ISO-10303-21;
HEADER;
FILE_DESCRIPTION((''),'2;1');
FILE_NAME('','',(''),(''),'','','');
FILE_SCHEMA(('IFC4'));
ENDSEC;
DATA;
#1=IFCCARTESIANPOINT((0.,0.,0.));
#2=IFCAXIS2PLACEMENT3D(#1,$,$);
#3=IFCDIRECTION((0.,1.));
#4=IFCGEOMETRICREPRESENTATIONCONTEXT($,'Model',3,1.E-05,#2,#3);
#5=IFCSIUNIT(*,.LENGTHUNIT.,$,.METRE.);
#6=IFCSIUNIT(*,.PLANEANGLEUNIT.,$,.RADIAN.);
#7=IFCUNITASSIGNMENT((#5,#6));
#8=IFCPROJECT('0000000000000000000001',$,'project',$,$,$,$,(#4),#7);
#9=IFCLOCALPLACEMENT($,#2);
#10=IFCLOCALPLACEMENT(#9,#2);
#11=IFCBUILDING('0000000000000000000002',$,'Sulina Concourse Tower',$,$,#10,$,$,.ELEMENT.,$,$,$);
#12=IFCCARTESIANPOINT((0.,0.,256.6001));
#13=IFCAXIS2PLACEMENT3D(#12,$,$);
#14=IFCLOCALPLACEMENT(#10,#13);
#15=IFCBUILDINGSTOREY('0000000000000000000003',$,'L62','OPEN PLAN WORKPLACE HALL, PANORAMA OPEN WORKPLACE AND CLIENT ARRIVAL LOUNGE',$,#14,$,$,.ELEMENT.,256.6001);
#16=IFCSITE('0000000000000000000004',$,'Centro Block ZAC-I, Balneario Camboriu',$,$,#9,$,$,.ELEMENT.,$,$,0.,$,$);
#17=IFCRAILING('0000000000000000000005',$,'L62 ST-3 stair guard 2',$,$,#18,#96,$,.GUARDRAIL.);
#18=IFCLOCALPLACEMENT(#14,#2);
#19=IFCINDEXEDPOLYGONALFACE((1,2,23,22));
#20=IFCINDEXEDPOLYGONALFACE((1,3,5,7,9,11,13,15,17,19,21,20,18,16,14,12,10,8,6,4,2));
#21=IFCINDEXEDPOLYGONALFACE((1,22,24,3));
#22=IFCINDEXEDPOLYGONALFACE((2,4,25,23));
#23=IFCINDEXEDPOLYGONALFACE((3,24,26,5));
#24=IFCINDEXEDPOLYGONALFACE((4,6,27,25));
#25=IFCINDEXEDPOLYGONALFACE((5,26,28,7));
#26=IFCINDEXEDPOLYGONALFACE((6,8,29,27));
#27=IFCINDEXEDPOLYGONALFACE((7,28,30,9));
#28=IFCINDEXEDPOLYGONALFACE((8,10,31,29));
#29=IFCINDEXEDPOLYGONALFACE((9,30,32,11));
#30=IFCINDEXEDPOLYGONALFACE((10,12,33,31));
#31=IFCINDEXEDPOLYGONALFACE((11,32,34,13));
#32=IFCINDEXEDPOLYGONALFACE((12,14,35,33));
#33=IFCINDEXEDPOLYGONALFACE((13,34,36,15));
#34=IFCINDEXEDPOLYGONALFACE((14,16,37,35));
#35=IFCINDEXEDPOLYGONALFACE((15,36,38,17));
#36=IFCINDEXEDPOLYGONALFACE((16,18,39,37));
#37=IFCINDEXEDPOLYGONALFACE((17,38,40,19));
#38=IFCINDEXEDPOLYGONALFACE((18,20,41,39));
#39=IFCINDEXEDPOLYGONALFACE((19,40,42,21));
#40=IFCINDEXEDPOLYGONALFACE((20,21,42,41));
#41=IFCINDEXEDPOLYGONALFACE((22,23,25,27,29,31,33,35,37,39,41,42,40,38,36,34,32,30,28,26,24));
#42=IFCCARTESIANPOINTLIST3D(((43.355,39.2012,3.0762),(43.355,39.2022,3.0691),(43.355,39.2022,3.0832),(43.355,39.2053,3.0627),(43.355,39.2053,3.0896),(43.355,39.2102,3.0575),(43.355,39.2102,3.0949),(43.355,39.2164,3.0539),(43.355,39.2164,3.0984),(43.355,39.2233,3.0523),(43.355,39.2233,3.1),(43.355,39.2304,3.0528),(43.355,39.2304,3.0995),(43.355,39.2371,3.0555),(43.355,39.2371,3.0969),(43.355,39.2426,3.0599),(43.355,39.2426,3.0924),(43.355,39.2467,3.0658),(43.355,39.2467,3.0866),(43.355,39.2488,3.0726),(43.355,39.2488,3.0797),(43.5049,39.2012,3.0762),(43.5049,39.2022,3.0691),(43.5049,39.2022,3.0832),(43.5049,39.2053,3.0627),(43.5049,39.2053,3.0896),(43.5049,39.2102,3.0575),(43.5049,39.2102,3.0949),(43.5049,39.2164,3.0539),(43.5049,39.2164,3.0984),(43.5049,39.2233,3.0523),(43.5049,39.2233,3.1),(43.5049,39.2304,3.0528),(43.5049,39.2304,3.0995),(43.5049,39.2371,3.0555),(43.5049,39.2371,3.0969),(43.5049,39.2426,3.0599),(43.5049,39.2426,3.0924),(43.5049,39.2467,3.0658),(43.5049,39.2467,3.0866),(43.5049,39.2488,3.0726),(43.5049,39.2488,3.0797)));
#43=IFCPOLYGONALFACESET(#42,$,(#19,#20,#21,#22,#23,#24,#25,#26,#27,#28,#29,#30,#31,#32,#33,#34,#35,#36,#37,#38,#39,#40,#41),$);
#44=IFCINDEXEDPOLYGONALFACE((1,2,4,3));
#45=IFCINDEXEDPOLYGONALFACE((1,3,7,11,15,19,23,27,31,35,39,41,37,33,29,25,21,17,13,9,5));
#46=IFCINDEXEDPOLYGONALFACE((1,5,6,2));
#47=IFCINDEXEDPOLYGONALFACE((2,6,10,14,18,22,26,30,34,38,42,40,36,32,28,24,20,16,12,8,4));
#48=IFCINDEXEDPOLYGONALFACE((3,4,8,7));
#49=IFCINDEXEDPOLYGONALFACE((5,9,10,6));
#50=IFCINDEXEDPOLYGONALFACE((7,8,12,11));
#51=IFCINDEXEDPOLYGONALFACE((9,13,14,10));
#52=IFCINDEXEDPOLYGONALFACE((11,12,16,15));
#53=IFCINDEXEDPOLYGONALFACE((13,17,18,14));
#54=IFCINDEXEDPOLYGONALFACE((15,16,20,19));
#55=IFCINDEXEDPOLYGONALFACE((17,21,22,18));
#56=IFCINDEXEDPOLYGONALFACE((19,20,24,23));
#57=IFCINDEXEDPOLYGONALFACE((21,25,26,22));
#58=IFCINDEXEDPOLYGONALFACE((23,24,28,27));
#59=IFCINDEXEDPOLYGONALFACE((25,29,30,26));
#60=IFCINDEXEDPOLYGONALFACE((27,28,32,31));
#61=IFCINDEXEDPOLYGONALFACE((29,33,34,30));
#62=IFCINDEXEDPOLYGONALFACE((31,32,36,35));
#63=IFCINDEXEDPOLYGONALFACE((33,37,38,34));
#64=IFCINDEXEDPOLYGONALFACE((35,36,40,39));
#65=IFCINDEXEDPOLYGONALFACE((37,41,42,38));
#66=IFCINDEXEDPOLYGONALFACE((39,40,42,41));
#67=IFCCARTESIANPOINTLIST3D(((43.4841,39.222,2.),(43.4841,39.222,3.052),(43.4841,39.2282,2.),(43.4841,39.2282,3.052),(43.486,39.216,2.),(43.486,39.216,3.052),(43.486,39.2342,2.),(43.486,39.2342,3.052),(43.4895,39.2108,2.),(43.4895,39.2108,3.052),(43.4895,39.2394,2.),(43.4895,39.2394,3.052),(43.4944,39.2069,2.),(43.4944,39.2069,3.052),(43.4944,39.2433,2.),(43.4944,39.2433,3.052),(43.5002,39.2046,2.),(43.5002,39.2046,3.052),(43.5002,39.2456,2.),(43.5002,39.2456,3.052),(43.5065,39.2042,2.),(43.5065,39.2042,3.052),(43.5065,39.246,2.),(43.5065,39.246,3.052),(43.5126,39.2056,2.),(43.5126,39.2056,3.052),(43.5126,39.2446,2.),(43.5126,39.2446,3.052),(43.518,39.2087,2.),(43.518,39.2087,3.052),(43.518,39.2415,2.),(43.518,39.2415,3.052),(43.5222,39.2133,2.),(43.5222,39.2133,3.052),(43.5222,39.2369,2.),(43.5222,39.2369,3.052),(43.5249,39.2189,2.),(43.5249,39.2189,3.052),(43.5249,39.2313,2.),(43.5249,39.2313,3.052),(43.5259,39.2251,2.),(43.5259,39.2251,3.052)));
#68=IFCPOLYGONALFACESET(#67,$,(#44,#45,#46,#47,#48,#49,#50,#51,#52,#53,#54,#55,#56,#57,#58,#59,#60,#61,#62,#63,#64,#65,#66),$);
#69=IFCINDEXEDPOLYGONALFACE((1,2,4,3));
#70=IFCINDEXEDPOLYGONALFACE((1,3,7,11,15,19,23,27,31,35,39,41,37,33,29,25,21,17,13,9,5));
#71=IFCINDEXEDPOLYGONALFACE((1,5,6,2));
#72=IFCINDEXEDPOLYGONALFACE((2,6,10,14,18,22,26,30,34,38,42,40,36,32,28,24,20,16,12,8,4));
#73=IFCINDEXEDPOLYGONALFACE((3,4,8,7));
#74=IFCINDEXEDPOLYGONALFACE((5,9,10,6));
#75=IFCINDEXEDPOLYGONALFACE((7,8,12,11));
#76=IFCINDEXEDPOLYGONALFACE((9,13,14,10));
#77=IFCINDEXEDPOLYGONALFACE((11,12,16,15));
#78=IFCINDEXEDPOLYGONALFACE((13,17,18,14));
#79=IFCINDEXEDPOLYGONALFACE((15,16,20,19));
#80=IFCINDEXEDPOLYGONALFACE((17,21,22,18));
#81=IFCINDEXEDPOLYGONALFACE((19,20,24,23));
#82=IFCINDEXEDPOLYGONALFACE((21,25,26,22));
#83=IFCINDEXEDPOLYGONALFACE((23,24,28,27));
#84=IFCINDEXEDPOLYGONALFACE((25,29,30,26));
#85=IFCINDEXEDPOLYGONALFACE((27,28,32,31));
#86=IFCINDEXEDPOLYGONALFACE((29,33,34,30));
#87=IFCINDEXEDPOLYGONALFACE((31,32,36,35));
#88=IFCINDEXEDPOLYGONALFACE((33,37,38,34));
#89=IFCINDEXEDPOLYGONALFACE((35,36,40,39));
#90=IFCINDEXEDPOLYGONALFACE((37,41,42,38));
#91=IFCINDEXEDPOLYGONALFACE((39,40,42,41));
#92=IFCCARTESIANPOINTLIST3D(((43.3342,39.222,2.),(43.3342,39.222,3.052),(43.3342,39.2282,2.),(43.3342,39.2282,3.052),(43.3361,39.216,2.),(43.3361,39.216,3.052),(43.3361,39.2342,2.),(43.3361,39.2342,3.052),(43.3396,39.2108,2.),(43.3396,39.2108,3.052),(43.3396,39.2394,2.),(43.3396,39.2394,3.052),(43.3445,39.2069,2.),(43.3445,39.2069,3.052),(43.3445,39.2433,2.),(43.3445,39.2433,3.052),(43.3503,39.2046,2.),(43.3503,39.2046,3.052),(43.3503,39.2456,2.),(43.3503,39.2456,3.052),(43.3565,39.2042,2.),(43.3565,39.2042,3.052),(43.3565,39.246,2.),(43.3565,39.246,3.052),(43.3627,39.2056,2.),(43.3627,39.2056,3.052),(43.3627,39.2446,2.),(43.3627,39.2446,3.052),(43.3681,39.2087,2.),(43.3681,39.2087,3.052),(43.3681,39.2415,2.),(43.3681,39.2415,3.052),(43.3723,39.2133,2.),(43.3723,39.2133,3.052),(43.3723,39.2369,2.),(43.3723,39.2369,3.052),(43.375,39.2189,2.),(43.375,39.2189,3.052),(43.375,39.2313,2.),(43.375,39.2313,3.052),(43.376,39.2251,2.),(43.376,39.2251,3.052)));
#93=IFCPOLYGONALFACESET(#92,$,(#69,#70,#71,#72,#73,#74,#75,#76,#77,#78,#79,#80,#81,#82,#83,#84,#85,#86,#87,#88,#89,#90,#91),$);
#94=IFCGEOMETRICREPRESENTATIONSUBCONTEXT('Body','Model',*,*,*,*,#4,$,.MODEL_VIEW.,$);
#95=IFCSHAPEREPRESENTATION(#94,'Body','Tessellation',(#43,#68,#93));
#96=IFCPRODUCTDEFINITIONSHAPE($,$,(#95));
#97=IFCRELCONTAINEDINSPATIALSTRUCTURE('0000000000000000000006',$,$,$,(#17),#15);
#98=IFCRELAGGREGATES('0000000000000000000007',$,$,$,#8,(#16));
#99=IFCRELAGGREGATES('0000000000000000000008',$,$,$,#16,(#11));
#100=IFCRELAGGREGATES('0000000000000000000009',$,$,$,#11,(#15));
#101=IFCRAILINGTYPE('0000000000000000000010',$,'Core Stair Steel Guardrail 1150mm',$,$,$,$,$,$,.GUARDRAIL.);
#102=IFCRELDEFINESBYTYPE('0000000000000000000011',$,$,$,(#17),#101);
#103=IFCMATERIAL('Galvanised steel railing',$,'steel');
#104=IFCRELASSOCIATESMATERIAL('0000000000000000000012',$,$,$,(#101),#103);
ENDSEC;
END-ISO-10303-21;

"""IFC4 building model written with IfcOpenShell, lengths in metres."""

from ifc_helpers import new_model, si_unit, direction, frame, origin, origin_2d, place, context, subcontext, project, spatial, circle, extrude, material, type_object, element, save


model = new_model("IFC4")

# Units and contexts
model_context = context("Model", 3, precision=1e-05, world=origin(), true_north=direction((0.0, 1.0)))
body_context = subcontext(model_context, "Body", "Model", "MODEL_VIEW")
ifc_project = project(units=[si_unit("LENGTHUNIT", "METRE"), si_unit("PLANEANGLEUNIT", "RADIAN")], contexts=[model_context])

# Site, building, storey
site_placement = place(None, origin())
site = spatial("IfcSite", under=ifc_project, at=site_placement, Name="Centro Block ZAC-I, Balneario Camboriu", CompositionType="ELEMENT", RefElevation=0.0)
building_placement = place(site_placement, origin())
building = spatial("IfcBuilding", under=site, at=building_placement, Name="Sulina Concourse Tower", CompositionType="ELEMENT")
storey_placement = place(building_placement, frame((0.0, 0.0, 256.6001)))
storey = spatial("IfcBuildingStorey", under=building, at=storey_placement, Name="L62", Description="OPEN PLAN WORKPLACE HALL, PANORAMA OPEN WORKPLACE AND CLIENT ARRIVAL LOUNGE", CompositionType="ELEMENT", Elevation=256.6001)

# Railing
ifc_material_1 = material(Name="Galvanised steel railing", Category="steel")
railing_type_1 = type_object("IfcRailingType", Name="Core Stair Steel Guardrail 1150mm", PredefinedType="GUARDRAIL", material=ifc_material_1)
railing_1_placement = place(storey_placement, frame((43.5049, 39.2251, 2.0)))
element("IfcRailing", 1, at=railing_1_placement, inside=storey, type_object=railing_type_1, Name="L62 ST-3 stair guard 2", PredefinedType="GUARDRAIL", context=body_context, shape_type="SweptSolid", body=[
    extrude(circle(Radius=0.0239, at=origin_2d()), frame((0.0, 0.0, 1.0762), z_axis=(-1.0, 0.0, 0.0), x_axis=(0.0, -1.0, 0.0)), (0.0, 0.0, 1.0), 0.1499),
    extrude(circle(Radius=0.021, at=origin_2d()), origin(), (0.0, 0.0, 1.0), 1.052),
    extrude(circle(Radius=0.021, at=origin_2d()), frame((-0.1499, 0.0, 0.0)), (0.0, 0.0, 1.0), 1.052),
])

save(model, "model.ifc")
